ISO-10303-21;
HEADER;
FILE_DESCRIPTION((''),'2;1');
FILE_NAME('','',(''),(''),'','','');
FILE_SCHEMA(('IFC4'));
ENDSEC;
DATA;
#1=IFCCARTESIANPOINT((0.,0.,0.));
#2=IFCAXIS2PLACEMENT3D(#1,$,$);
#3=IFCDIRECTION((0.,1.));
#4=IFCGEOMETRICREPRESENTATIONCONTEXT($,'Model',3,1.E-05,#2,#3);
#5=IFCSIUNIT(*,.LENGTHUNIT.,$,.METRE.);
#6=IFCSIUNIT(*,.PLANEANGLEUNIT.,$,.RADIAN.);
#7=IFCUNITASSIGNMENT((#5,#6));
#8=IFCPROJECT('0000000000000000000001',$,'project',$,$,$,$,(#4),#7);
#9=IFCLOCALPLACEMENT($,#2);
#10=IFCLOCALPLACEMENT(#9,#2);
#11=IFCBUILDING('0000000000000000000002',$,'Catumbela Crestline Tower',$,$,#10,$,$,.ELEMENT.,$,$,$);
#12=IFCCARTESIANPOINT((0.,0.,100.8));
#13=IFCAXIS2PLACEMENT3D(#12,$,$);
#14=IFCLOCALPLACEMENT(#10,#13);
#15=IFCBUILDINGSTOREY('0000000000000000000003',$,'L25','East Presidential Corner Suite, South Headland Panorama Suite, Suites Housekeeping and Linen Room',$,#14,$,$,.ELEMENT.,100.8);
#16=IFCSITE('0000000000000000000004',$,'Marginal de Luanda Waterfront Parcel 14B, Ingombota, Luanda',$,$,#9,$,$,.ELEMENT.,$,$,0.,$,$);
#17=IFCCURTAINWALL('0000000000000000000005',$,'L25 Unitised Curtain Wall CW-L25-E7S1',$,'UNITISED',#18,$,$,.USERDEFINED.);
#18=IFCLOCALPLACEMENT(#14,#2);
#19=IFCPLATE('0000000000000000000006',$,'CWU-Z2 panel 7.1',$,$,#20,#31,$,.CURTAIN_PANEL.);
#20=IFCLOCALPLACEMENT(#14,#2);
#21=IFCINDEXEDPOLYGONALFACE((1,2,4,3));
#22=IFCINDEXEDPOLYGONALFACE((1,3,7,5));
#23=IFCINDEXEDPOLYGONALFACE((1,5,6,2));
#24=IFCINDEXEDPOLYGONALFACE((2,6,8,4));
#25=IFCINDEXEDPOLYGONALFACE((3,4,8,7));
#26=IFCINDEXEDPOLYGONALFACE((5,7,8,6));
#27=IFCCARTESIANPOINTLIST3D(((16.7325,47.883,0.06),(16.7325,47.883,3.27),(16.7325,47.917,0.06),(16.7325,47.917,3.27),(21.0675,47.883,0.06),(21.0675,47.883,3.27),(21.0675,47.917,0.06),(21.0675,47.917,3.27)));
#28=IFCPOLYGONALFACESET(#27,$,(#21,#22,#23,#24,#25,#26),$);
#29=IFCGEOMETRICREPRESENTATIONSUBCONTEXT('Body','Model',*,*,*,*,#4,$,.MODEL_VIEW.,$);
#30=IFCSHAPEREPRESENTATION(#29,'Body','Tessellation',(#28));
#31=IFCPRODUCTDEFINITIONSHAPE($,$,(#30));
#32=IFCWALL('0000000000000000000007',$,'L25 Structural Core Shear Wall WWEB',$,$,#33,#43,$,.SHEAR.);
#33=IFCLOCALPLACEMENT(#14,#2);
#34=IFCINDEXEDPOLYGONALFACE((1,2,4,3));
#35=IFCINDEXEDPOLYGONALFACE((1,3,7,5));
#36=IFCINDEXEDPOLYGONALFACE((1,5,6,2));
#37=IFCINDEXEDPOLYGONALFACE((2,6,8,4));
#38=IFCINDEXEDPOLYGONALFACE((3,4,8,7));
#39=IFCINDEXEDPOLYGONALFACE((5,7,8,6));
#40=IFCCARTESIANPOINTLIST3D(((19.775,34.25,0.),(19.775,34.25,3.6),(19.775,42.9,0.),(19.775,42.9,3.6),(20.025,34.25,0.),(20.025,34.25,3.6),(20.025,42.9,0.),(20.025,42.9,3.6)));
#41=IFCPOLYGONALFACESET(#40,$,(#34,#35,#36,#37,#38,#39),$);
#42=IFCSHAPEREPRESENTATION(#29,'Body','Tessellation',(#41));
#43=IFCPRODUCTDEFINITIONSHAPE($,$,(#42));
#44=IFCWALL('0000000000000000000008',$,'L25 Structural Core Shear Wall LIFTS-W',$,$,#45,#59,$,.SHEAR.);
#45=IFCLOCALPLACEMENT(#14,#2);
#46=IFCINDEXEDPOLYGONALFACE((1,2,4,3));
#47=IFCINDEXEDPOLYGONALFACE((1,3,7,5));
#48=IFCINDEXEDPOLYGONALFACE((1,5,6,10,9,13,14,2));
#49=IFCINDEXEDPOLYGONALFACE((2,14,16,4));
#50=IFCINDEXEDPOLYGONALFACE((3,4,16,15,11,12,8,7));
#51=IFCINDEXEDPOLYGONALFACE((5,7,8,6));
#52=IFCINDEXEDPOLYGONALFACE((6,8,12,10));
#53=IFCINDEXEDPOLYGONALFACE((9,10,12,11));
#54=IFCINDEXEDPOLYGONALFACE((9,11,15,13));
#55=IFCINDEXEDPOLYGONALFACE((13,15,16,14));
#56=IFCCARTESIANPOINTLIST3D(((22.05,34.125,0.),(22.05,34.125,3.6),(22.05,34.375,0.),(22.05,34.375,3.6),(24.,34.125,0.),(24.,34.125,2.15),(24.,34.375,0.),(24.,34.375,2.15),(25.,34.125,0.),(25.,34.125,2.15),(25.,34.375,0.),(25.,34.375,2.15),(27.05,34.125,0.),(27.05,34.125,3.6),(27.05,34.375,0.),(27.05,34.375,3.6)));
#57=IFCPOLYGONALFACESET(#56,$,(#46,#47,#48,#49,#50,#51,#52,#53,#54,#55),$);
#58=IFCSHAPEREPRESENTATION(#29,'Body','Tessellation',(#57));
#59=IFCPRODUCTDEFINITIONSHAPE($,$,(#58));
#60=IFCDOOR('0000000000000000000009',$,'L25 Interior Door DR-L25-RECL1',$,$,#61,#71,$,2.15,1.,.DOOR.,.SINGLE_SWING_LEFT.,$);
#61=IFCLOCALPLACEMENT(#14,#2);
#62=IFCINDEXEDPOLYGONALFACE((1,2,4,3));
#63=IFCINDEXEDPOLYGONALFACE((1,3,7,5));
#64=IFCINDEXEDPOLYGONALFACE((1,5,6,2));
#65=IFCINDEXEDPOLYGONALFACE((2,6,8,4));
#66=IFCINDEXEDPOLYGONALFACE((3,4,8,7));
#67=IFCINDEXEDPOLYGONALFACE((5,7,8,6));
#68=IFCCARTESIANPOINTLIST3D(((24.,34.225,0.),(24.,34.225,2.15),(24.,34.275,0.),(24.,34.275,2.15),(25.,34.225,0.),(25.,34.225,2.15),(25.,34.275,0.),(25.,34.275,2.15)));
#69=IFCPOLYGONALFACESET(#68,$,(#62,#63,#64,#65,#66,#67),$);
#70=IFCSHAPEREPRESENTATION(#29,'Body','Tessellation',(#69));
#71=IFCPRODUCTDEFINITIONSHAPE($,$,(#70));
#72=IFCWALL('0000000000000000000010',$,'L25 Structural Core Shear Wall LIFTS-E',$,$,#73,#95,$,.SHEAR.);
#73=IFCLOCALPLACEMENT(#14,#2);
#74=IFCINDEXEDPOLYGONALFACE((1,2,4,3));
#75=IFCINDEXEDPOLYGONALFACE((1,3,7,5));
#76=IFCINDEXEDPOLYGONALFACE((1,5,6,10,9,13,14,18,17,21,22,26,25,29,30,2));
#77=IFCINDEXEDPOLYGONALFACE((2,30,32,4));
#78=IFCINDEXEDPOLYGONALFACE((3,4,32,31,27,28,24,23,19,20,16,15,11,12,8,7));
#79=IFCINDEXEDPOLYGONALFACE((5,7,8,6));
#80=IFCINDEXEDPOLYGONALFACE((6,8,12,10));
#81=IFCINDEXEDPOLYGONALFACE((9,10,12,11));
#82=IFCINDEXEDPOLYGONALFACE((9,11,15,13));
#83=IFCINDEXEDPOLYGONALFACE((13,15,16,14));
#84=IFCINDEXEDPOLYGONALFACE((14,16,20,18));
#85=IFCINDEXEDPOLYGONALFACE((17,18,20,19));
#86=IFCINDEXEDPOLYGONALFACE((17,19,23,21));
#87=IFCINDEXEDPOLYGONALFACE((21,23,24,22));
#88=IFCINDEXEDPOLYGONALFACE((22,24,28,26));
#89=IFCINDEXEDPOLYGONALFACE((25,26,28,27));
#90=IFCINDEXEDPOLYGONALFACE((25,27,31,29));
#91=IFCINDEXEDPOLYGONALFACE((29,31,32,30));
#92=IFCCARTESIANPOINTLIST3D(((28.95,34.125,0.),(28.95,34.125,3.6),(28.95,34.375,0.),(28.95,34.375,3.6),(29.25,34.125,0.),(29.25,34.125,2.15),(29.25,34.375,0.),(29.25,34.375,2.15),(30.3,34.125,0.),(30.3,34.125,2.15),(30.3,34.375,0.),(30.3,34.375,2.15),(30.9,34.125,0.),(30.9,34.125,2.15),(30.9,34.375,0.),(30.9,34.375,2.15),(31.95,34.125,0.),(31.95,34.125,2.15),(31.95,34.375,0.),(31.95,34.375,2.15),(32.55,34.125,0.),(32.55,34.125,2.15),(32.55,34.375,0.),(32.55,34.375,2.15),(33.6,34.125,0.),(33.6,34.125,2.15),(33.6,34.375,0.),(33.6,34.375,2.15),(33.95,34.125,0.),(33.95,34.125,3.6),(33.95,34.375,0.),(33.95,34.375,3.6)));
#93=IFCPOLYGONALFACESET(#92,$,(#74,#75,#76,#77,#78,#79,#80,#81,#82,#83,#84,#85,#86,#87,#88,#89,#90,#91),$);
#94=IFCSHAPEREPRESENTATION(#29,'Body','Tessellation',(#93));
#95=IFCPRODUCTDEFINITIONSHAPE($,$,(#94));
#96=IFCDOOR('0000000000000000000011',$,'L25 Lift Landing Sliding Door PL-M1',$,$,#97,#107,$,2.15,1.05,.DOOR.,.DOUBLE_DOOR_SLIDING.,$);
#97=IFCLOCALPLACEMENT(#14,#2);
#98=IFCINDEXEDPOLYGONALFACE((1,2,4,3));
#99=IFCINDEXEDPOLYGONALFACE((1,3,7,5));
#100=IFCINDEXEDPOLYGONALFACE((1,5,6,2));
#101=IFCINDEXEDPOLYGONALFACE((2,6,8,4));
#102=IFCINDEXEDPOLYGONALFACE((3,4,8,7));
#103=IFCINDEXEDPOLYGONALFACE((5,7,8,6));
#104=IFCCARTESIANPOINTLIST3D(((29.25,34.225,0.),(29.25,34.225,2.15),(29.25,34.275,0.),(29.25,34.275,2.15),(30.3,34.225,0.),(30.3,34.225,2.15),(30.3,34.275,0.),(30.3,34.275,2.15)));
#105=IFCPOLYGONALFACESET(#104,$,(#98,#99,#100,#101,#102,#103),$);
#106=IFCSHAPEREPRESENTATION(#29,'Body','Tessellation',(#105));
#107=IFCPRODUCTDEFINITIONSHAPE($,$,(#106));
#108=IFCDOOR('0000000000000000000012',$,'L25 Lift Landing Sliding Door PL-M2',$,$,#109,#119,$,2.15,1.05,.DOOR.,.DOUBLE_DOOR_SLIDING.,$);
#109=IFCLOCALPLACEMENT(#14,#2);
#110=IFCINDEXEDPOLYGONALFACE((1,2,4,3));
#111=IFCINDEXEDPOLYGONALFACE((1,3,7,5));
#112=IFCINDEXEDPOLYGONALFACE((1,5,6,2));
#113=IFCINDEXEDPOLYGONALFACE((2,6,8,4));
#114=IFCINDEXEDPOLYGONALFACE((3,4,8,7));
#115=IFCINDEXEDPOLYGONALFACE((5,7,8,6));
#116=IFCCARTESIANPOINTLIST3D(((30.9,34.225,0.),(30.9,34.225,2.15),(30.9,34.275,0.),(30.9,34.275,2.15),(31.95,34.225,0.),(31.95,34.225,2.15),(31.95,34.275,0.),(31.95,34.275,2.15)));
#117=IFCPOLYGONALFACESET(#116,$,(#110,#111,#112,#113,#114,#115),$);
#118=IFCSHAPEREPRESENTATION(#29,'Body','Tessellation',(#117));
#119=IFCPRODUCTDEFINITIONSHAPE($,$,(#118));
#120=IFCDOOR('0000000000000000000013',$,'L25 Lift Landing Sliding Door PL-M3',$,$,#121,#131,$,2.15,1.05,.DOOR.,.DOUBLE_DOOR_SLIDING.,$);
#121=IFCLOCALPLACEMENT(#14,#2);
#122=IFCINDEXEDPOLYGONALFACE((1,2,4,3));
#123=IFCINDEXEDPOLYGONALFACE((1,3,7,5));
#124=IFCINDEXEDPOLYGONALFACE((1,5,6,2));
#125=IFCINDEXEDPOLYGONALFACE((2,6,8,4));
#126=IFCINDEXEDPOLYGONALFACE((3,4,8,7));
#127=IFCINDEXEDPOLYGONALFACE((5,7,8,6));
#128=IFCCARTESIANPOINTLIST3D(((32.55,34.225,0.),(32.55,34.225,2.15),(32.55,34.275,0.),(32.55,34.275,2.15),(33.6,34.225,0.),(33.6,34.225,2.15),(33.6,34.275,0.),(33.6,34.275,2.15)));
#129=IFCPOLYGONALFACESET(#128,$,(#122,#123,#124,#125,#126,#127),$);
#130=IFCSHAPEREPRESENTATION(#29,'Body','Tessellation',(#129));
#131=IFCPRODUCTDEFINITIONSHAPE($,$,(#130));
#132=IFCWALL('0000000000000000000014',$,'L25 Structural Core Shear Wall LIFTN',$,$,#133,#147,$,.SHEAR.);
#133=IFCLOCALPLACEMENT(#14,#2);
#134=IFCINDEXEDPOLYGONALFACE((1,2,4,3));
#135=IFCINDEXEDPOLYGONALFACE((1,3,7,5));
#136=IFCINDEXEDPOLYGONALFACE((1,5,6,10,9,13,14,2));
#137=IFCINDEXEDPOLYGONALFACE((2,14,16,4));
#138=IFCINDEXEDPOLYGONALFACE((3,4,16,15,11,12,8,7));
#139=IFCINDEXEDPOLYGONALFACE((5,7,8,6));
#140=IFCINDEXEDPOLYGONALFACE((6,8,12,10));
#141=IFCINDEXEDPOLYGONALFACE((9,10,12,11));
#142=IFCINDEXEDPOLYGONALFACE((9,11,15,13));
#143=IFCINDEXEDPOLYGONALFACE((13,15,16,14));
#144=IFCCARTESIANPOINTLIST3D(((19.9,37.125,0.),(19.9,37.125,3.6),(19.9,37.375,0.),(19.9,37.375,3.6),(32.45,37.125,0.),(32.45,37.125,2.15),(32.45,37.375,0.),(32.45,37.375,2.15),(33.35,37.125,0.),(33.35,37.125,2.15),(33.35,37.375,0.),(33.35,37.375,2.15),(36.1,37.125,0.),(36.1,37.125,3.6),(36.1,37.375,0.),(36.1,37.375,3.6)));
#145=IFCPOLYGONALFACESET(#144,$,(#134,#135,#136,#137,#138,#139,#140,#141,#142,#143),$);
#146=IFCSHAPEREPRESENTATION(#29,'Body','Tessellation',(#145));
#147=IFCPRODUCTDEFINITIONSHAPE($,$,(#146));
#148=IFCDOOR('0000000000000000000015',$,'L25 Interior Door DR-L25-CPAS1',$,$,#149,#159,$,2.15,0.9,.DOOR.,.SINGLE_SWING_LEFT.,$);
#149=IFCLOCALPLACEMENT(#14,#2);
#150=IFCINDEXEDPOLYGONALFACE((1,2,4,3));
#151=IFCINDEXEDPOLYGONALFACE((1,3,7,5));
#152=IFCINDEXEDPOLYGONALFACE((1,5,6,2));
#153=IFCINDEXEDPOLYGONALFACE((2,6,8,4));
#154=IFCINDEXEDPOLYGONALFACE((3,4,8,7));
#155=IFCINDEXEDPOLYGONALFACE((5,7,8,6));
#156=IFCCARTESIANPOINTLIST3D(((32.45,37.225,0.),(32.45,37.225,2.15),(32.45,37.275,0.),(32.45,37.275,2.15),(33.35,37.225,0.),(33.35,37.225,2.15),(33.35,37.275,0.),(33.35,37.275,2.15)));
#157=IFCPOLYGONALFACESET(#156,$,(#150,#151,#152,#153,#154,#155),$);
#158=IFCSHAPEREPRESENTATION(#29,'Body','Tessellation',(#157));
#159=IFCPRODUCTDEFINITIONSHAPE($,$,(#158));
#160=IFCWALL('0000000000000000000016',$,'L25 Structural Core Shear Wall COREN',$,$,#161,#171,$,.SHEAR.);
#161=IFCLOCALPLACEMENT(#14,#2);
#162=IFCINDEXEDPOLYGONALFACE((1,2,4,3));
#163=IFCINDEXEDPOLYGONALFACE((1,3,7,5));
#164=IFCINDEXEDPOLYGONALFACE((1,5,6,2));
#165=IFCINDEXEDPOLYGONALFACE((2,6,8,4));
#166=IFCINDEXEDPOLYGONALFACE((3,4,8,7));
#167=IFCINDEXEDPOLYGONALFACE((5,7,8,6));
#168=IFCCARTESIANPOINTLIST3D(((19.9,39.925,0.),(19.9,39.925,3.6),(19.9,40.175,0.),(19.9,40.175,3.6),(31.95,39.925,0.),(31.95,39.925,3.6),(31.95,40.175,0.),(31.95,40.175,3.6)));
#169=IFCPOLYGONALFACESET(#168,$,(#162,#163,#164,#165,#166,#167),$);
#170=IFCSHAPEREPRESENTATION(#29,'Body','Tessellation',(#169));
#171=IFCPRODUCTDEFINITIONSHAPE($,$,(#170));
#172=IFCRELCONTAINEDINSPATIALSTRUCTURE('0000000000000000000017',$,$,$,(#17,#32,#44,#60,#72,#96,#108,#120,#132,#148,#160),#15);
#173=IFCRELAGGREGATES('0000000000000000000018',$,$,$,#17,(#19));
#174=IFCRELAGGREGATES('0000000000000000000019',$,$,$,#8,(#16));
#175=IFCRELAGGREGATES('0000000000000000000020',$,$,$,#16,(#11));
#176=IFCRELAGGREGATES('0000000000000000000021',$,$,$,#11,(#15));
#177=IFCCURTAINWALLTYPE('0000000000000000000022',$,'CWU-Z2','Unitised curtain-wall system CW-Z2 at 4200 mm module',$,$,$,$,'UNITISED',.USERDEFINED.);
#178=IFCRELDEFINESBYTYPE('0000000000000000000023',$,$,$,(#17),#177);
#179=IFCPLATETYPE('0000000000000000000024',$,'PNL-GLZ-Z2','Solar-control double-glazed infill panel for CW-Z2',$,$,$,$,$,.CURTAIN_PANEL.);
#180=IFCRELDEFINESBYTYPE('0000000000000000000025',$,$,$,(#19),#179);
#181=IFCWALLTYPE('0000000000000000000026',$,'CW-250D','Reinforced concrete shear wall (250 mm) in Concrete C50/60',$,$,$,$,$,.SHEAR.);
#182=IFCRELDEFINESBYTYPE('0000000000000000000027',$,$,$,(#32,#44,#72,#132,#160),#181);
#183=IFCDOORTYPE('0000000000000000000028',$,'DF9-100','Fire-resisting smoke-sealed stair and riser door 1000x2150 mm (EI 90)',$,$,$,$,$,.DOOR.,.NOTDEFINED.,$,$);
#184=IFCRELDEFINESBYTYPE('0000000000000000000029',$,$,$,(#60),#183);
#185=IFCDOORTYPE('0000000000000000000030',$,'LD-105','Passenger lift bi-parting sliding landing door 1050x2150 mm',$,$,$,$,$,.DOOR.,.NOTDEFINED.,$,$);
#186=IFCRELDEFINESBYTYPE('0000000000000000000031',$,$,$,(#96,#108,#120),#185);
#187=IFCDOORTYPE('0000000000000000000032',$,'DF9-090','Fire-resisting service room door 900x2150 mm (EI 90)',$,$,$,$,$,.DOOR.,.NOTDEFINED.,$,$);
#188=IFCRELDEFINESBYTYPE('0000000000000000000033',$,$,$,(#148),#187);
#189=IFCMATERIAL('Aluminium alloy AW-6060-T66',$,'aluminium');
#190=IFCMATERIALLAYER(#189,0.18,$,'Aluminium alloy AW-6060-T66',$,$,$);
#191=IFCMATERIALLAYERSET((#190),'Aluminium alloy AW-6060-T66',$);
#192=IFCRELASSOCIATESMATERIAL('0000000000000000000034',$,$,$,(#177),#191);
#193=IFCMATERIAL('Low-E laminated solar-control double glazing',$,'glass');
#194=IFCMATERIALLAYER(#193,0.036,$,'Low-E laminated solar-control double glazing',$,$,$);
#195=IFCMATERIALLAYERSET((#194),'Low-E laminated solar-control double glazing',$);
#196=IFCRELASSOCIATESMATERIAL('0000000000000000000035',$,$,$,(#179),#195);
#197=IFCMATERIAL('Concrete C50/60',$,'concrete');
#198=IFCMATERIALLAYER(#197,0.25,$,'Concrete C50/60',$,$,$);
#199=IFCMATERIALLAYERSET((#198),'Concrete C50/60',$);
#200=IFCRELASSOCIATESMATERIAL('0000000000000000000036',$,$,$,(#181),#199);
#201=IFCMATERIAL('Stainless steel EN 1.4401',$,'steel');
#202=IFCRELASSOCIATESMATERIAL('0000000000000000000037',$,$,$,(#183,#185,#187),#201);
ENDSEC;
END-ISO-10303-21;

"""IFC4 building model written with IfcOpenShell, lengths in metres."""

from ifc_helpers import new_model, si_unit, direction, frame, frame_2d, origin, origin_2d, place, context, subcontext, project, spatial, rectangle, extrude, material, layer, layer_set, type_object, element, fill, aggregate, save


model = new_model("IFC4")

# Units and contexts
model_context = context("Model", 3, precision=1e-05, world=origin(), true_north=direction((0.0, 1.0)))
body_context = subcontext(model_context, "Body", "Model", "MODEL_VIEW")
ifc_project = project(units=[si_unit("LENGTHUNIT", "METRE"), si_unit("PLANEANGLEUNIT", "RADIAN")], contexts=[model_context])

# Site, building, storey
site_placement = place(None, origin())
site = spatial("IfcSite", under=ifc_project, at=site_placement, Name="Marginal de Luanda Waterfront Parcel 14B, Ingombota, Luanda", CompositionType="ELEMENT", RefElevation=0.0)
building_placement = place(site_placement, origin())
building = spatial("IfcBuilding", under=site, at=building_placement, Name="Catumbela Crestline Tower", CompositionType="ELEMENT")
storey_placement = place(building_placement, frame((0.0, 0.0, 100.8)))
storey = spatial("IfcBuildingStorey", under=building, at=storey_placement, Name="L25", Description="East Presidential Corner Suite, South Headland Panorama Suite, Suites Housekeeping and Linen Room", CompositionType="ELEMENT", Elevation=100.8)

# Curtain wall, plate
ifc_material_1 = material(Name="Aluminium alloy AW-6060-T66", Category="aluminium")
ifc_layer_1 = layer(ifc_material_1, 0.18, Name="Aluminium alloy AW-6060-T66")
ifc_layer_set_1 = layer_set([ifc_layer_1], Name="Aluminium alloy AW-6060-T66")
curtain_wall_type = type_object("IfcCurtainWallType", Name="CWU-Z2", Description="Unitised curtain-wall system CW-Z2 at 4200 mm module", ElementType="UNITISED", PredefinedType="USERDEFINED", material=ifc_layer_set_1)
curtain_wall_placement = place(storey_placement, origin())
curtain_wall = element("IfcCurtainWall", 1, at=curtain_wall_placement, inside=storey, type_object=curtain_wall_type, Name="L25 Unitised Curtain Wall CW-L25-E7S1", ObjectType="UNITISED", PredefinedType="USERDEFINED")
ifc_material_2 = material(Name="Low-E laminated solar-control double glazing", Category="glass")
ifc_layer_2 = layer(ifc_material_2, 0.036, Name="Low-E laminated solar-control double glazing")
ifc_layer_set_2 = layer_set([ifc_layer_2], Name="Low-E laminated solar-control double glazing")
plate_type = type_object("IfcPlateType", Name="PNL-GLZ-Z2", Description="Solar-control double-glazed infill panel for CW-Z2", PredefinedType="CURTAIN_PANEL", material=ifc_layer_set_2)
plate_1_placement = place(storey_placement, frame((18.9, 47.9, 0.06), z_axis=(0.0, 0.0, 1.0), x_axis=(-1.0, 0.0, 0.0)))
plate_1 = element("IfcPlate", 2, at=plate_1_placement, type_object=plate_type, Name="CWU-Z2 panel 7.1", PredefinedType="CURTAIN_PANEL", context=body_context, shape_type="SweptSolid", body=[
    extrude(rectangle(XDim=4.335, YDim=0.034, at=origin_2d()), origin(), (0.0, 0.0, 1.0), 3.21),
])
aggregate(curtain_wall, [plate_1])

# Wall
ifc_material_3 = material(Name="Concrete C50/60", Category="concrete")
ifc_layer_3 = layer(ifc_material_3, 0.25, Name="Concrete C50/60")
ifc_layer_set_3 = layer_set([ifc_layer_3], Name="Concrete C50/60")
wall_type_1 = type_object("IfcWallType", Name="CW-250D", Description="Reinforced concrete shear wall (250 mm) in Concrete C50/60", PredefinedType="SHEAR", material=ifc_layer_set_3)
wall_1_placement = place(storey_placement, frame((19.9, 34.25, 0.0), z_axis=(0.0, 0.0, 1.0), x_axis=(0.0, 1.0, 0.0)))
element("IfcWall", 3, at=wall_1_placement, inside=storey, type_object=wall_type_1, Name="L25 Structural Core Shear Wall WWEB", PredefinedType="SHEAR", context=body_context, shape_type="SweptSolid", body=[
    extrude(rectangle(XDim=8.65, YDim=0.25, at=frame_2d((4.325, 0.0))), origin(), (0.0, 0.0, 1.0), 3.6),
])

# Wall, opening, door
wall_2_placement = place(storey_placement, frame((22.05, 34.25, 0.0), z_axis=(0.0, 0.0, 1.0), x_axis=(1.0, 0.0, 0.0)))
wall_2 = element("IfcWall", 4, at=wall_2_placement, inside=storey, type_object=wall_type_1, Name="L25 Structural Core Shear Wall LIFTS-W", PredefinedType="SHEAR", context=body_context, shape_type="SweptSolid", body=[
    extrude(rectangle(XDim=5.0, YDim=0.25, at=frame_2d((2.5, 0.0))), origin(), (0.0, 0.0, 1.0), 3.6),
])
opening_1_placement = place(wall_2_placement, frame((1.95, 0.0, 0.0)))
opening_1 = element("IfcOpeningElement", 5, at=opening_1_placement, cuts=wall_2, PredefinedType="OPENING", context=body_context, shape_type="SweptSolid", body=[
    extrude(rectangle(XDim=1.0, YDim=2.15, at=frame_2d((0.5, 1.075))), frame((0.0, 0.135, 0.0), z_axis=(0.0, -1.0, 0.0), x_axis=(1.0, 0.0, 0.0)), (0.0, 0.0, 1.0), 0.27),
])
ifc_material_4 = material(Name="Stainless steel EN 1.4401", Category="steel")
door_type_1 = type_object("IfcDoorType", Name="DF9-100", Description="Fire-resisting smoke-sealed stair and riser door 1000x2150 mm (EI 90)", OperationType="NOTDEFINED", PredefinedType="DOOR", material=ifc_material_4)
door_1_placement = place(opening_1_placement, origin())
door_1 = element("IfcDoor", 6, at=door_1_placement, inside=storey, type_object=door_type_1, Name="L25 Interior Door DR-L25-RECL1", OperationType="SINGLE_SWING_LEFT", OverallHeight=2.15, OverallWidth=1.0, PredefinedType="DOOR", context=body_context, shape_type="SweptSolid", body=[
    extrude(rectangle(XDim=1.0, YDim=2.15, at=frame_2d((0.5, 1.075))), frame((0.0, 0.025, 0.0), z_axis=(0.0, -1.0, 0.0), x_axis=(1.0, 0.0, 0.0)), (0.0, 0.0, 1.0), 0.05),
])
fill(opening_1, door_1)

# Wall, openings, doors
wall_3_placement = place(storey_placement, frame((28.95, 34.25, 0.0), z_axis=(0.0, 0.0, 1.0), x_axis=(1.0, 0.0, 0.0)))
wall_3 = element("IfcWall", 7, at=wall_3_placement, inside=storey, type_object=wall_type_1, Name="L25 Structural Core Shear Wall LIFTS-E", PredefinedType="SHEAR", context=body_context, shape_type="SweptSolid", body=[
    extrude(rectangle(XDim=5.0, YDim=0.25, at=frame_2d((2.5, 0.0))), origin(), (0.0, 0.0, 1.0), 3.6),
])
opening_2_placement = place(wall_3_placement, frame((0.3, 0.0, 0.0)))
opening_2 = element("IfcOpeningElement", 8, at=opening_2_placement, cuts=wall_3, PredefinedType="OPENING", context=body_context, shape_type="SweptSolid", body=[
    extrude(rectangle(XDim=1.05, YDim=2.15, at=frame_2d((0.525, 1.075))), frame((0.0, 0.135, 0.0), z_axis=(0.0, -1.0, 0.0), x_axis=(1.0, 0.0, 0.0)), (0.0, 0.0, 1.0), 0.27),
])
opening_3_placement = place(wall_3_placement, frame((1.95, 0.0, 0.0)))
opening_3 = element("IfcOpeningElement", 9, at=opening_3_placement, cuts=wall_3, PredefinedType="OPENING", context=body_context, shape_type="SweptSolid", body=[
    extrude(rectangle(XDim=1.05, YDim=2.15, at=frame_2d((0.525, 1.075))), frame((0.0, 0.135, 0.0), z_axis=(0.0, -1.0, 0.0), x_axis=(1.0, 0.0, 0.0)), (0.0, 0.0, 1.0), 0.27),
])
opening_4_placement = place(wall_3_placement, frame((3.6, 0.0, 0.0)))
opening_4 = element("IfcOpeningElement", 10, at=opening_4_placement, cuts=wall_3, PredefinedType="OPENING", context=body_context, shape_type="SweptSolid", body=[
    extrude(rectangle(XDim=1.05, YDim=2.15, at=frame_2d((0.525, 1.075))), frame((0.0, 0.135, 0.0), z_axis=(0.0, -1.0, 0.0), x_axis=(1.0, 0.0, 0.0)), (0.0, 0.0, 1.0), 0.27),
])
door_type_2 = type_object("IfcDoorType", Name="LD-105", Description="Passenger lift bi-parting sliding landing door 1050x2150 mm", OperationType="NOTDEFINED", PredefinedType="DOOR", material=ifc_material_4)
door_2_placement = place(opening_2_placement, origin())
door_2 = element("IfcDoor", 11, at=door_2_placement, inside=storey, type_object=door_type_2, Name="L25 Lift Landing Sliding Door PL-M1", OperationType="DOUBLE_DOOR_SLIDING", OverallHeight=2.15, OverallWidth=1.05, PredefinedType="DOOR", context=body_context, shape_type="SweptSolid", body=[
    extrude(rectangle(XDim=1.05, YDim=2.15, at=frame_2d((0.525, 1.075))), frame((0.0, 0.025, 0.0), z_axis=(0.0, -1.0, 0.0), x_axis=(1.0, 0.0, 0.0)), (0.0, 0.0, 1.0), 0.05),
])
fill(opening_2, door_2)
door_3_placement = place(opening_3_placement, origin())
door_3 = element("IfcDoor", 12, at=door_3_placement, inside=storey, type_object=door_type_2, Name="L25 Lift Landing Sliding Door PL-M2", OperationType="DOUBLE_DOOR_SLIDING", OverallHeight=2.15, OverallWidth=1.05, PredefinedType="DOOR", context=body_context, shape_type="SweptSolid", body=[
    extrude(rectangle(XDim=1.05, YDim=2.15, at=frame_2d((0.525, 1.075))), frame((0.0, 0.025, 0.0), z_axis=(0.0, -1.0, 0.0), x_axis=(1.0, 0.0, 0.0)), (0.0, 0.0, 1.0), 0.05),
])
fill(opening_3, door_3)
door_4_placement = place(opening_4_placement, origin())
door_4 = element("IfcDoor", 13, at=door_4_placement, inside=storey, type_object=door_type_2, Name="L25 Lift Landing Sliding Door PL-M3", OperationType="DOUBLE_DOOR_SLIDING", OverallHeight=2.15, OverallWidth=1.05, PredefinedType="DOOR", context=body_context, shape_type="SweptSolid", body=[
    extrude(rectangle(XDim=1.05, YDim=2.15, at=frame_2d((0.525, 1.075))), frame((0.0, 0.025, 0.0), z_axis=(0.0, -1.0, 0.0), x_axis=(1.0, 0.0, 0.0)), (0.0, 0.0, 1.0), 0.05),
])
fill(opening_4, door_4)

# Wall, opening, door
wall_4_placement = place(storey_placement, frame((19.9, 37.25, 0.0), z_axis=(0.0, 0.0, 1.0), x_axis=(1.0, 0.0, 0.0)))
wall_4 = element("IfcWall", 14, at=wall_4_placement, inside=storey, type_object=wall_type_1, Name="L25 Structural Core Shear Wall LIFTN", PredefinedType="SHEAR", context=body_context, shape_type="SweptSolid", body=[
    extrude(rectangle(XDim=16.2, YDim=0.25, at=frame_2d((8.1, 0.0))), origin(), (0.0, 0.0, 1.0), 3.6),
])
opening_5_placement = place(wall_4_placement, frame((12.55, 0.0, 0.0)))
opening_5 = element("IfcOpeningElement", 15, at=opening_5_placement, cuts=wall_4, PredefinedType="OPENING", context=body_context, shape_type="SweptSolid", body=[
    extrude(rectangle(XDim=0.9, YDim=2.15, at=frame_2d((0.45, 1.075))), frame((0.0, 0.135, 0.0), z_axis=(0.0, -1.0, 0.0), x_axis=(1.0, 0.0, 0.0)), (0.0, 0.0, 1.0), 0.27),
])
door_type_3 = type_object("IfcDoorType", Name="DF9-090", Description="Fire-resisting service room door 900x2150 mm (EI 90)", OperationType="NOTDEFINED", PredefinedType="DOOR", material=ifc_material_4)
door_5_placement = place(opening_5_placement, origin())
door_5 = element("IfcDoor", 16, at=door_5_placement, inside=storey, type_object=door_type_3, Name="L25 Interior Door DR-L25-CPAS1", OperationType="SINGLE_SWING_LEFT", OverallHeight=2.15, OverallWidth=0.9, PredefinedType="DOOR", context=body_context, shape_type="SweptSolid", body=[
    extrude(rectangle(XDim=0.9, YDim=2.15, at=frame_2d((0.45, 1.075))), frame((0.0, 0.025, 0.0), z_axis=(0.0, -1.0, 0.0), x_axis=(1.0, 0.0, 0.0)), (0.0, 0.0, 1.0), 0.05),
])
fill(opening_5, door_5)

# Wall
wall_5_placement = place(storey_placement, frame((19.9, 40.05, 0.0), z_axis=(0.0, 0.0, 1.0), x_axis=(1.0, 0.0, 0.0)))
element("IfcWall", 17, at=wall_5_placement, inside=storey, type_object=wall_type_1, Name="L25 Structural Core Shear Wall COREN", PredefinedType="SHEAR", context=body_context, shape_type="SweptSolid", body=[
    extrude(rectangle(XDim=12.05, YDim=0.25, at=frame_2d((6.025, 0.0))), origin(), (0.0, 0.0, 1.0), 3.6),
])

save(model, "model.ifc")
